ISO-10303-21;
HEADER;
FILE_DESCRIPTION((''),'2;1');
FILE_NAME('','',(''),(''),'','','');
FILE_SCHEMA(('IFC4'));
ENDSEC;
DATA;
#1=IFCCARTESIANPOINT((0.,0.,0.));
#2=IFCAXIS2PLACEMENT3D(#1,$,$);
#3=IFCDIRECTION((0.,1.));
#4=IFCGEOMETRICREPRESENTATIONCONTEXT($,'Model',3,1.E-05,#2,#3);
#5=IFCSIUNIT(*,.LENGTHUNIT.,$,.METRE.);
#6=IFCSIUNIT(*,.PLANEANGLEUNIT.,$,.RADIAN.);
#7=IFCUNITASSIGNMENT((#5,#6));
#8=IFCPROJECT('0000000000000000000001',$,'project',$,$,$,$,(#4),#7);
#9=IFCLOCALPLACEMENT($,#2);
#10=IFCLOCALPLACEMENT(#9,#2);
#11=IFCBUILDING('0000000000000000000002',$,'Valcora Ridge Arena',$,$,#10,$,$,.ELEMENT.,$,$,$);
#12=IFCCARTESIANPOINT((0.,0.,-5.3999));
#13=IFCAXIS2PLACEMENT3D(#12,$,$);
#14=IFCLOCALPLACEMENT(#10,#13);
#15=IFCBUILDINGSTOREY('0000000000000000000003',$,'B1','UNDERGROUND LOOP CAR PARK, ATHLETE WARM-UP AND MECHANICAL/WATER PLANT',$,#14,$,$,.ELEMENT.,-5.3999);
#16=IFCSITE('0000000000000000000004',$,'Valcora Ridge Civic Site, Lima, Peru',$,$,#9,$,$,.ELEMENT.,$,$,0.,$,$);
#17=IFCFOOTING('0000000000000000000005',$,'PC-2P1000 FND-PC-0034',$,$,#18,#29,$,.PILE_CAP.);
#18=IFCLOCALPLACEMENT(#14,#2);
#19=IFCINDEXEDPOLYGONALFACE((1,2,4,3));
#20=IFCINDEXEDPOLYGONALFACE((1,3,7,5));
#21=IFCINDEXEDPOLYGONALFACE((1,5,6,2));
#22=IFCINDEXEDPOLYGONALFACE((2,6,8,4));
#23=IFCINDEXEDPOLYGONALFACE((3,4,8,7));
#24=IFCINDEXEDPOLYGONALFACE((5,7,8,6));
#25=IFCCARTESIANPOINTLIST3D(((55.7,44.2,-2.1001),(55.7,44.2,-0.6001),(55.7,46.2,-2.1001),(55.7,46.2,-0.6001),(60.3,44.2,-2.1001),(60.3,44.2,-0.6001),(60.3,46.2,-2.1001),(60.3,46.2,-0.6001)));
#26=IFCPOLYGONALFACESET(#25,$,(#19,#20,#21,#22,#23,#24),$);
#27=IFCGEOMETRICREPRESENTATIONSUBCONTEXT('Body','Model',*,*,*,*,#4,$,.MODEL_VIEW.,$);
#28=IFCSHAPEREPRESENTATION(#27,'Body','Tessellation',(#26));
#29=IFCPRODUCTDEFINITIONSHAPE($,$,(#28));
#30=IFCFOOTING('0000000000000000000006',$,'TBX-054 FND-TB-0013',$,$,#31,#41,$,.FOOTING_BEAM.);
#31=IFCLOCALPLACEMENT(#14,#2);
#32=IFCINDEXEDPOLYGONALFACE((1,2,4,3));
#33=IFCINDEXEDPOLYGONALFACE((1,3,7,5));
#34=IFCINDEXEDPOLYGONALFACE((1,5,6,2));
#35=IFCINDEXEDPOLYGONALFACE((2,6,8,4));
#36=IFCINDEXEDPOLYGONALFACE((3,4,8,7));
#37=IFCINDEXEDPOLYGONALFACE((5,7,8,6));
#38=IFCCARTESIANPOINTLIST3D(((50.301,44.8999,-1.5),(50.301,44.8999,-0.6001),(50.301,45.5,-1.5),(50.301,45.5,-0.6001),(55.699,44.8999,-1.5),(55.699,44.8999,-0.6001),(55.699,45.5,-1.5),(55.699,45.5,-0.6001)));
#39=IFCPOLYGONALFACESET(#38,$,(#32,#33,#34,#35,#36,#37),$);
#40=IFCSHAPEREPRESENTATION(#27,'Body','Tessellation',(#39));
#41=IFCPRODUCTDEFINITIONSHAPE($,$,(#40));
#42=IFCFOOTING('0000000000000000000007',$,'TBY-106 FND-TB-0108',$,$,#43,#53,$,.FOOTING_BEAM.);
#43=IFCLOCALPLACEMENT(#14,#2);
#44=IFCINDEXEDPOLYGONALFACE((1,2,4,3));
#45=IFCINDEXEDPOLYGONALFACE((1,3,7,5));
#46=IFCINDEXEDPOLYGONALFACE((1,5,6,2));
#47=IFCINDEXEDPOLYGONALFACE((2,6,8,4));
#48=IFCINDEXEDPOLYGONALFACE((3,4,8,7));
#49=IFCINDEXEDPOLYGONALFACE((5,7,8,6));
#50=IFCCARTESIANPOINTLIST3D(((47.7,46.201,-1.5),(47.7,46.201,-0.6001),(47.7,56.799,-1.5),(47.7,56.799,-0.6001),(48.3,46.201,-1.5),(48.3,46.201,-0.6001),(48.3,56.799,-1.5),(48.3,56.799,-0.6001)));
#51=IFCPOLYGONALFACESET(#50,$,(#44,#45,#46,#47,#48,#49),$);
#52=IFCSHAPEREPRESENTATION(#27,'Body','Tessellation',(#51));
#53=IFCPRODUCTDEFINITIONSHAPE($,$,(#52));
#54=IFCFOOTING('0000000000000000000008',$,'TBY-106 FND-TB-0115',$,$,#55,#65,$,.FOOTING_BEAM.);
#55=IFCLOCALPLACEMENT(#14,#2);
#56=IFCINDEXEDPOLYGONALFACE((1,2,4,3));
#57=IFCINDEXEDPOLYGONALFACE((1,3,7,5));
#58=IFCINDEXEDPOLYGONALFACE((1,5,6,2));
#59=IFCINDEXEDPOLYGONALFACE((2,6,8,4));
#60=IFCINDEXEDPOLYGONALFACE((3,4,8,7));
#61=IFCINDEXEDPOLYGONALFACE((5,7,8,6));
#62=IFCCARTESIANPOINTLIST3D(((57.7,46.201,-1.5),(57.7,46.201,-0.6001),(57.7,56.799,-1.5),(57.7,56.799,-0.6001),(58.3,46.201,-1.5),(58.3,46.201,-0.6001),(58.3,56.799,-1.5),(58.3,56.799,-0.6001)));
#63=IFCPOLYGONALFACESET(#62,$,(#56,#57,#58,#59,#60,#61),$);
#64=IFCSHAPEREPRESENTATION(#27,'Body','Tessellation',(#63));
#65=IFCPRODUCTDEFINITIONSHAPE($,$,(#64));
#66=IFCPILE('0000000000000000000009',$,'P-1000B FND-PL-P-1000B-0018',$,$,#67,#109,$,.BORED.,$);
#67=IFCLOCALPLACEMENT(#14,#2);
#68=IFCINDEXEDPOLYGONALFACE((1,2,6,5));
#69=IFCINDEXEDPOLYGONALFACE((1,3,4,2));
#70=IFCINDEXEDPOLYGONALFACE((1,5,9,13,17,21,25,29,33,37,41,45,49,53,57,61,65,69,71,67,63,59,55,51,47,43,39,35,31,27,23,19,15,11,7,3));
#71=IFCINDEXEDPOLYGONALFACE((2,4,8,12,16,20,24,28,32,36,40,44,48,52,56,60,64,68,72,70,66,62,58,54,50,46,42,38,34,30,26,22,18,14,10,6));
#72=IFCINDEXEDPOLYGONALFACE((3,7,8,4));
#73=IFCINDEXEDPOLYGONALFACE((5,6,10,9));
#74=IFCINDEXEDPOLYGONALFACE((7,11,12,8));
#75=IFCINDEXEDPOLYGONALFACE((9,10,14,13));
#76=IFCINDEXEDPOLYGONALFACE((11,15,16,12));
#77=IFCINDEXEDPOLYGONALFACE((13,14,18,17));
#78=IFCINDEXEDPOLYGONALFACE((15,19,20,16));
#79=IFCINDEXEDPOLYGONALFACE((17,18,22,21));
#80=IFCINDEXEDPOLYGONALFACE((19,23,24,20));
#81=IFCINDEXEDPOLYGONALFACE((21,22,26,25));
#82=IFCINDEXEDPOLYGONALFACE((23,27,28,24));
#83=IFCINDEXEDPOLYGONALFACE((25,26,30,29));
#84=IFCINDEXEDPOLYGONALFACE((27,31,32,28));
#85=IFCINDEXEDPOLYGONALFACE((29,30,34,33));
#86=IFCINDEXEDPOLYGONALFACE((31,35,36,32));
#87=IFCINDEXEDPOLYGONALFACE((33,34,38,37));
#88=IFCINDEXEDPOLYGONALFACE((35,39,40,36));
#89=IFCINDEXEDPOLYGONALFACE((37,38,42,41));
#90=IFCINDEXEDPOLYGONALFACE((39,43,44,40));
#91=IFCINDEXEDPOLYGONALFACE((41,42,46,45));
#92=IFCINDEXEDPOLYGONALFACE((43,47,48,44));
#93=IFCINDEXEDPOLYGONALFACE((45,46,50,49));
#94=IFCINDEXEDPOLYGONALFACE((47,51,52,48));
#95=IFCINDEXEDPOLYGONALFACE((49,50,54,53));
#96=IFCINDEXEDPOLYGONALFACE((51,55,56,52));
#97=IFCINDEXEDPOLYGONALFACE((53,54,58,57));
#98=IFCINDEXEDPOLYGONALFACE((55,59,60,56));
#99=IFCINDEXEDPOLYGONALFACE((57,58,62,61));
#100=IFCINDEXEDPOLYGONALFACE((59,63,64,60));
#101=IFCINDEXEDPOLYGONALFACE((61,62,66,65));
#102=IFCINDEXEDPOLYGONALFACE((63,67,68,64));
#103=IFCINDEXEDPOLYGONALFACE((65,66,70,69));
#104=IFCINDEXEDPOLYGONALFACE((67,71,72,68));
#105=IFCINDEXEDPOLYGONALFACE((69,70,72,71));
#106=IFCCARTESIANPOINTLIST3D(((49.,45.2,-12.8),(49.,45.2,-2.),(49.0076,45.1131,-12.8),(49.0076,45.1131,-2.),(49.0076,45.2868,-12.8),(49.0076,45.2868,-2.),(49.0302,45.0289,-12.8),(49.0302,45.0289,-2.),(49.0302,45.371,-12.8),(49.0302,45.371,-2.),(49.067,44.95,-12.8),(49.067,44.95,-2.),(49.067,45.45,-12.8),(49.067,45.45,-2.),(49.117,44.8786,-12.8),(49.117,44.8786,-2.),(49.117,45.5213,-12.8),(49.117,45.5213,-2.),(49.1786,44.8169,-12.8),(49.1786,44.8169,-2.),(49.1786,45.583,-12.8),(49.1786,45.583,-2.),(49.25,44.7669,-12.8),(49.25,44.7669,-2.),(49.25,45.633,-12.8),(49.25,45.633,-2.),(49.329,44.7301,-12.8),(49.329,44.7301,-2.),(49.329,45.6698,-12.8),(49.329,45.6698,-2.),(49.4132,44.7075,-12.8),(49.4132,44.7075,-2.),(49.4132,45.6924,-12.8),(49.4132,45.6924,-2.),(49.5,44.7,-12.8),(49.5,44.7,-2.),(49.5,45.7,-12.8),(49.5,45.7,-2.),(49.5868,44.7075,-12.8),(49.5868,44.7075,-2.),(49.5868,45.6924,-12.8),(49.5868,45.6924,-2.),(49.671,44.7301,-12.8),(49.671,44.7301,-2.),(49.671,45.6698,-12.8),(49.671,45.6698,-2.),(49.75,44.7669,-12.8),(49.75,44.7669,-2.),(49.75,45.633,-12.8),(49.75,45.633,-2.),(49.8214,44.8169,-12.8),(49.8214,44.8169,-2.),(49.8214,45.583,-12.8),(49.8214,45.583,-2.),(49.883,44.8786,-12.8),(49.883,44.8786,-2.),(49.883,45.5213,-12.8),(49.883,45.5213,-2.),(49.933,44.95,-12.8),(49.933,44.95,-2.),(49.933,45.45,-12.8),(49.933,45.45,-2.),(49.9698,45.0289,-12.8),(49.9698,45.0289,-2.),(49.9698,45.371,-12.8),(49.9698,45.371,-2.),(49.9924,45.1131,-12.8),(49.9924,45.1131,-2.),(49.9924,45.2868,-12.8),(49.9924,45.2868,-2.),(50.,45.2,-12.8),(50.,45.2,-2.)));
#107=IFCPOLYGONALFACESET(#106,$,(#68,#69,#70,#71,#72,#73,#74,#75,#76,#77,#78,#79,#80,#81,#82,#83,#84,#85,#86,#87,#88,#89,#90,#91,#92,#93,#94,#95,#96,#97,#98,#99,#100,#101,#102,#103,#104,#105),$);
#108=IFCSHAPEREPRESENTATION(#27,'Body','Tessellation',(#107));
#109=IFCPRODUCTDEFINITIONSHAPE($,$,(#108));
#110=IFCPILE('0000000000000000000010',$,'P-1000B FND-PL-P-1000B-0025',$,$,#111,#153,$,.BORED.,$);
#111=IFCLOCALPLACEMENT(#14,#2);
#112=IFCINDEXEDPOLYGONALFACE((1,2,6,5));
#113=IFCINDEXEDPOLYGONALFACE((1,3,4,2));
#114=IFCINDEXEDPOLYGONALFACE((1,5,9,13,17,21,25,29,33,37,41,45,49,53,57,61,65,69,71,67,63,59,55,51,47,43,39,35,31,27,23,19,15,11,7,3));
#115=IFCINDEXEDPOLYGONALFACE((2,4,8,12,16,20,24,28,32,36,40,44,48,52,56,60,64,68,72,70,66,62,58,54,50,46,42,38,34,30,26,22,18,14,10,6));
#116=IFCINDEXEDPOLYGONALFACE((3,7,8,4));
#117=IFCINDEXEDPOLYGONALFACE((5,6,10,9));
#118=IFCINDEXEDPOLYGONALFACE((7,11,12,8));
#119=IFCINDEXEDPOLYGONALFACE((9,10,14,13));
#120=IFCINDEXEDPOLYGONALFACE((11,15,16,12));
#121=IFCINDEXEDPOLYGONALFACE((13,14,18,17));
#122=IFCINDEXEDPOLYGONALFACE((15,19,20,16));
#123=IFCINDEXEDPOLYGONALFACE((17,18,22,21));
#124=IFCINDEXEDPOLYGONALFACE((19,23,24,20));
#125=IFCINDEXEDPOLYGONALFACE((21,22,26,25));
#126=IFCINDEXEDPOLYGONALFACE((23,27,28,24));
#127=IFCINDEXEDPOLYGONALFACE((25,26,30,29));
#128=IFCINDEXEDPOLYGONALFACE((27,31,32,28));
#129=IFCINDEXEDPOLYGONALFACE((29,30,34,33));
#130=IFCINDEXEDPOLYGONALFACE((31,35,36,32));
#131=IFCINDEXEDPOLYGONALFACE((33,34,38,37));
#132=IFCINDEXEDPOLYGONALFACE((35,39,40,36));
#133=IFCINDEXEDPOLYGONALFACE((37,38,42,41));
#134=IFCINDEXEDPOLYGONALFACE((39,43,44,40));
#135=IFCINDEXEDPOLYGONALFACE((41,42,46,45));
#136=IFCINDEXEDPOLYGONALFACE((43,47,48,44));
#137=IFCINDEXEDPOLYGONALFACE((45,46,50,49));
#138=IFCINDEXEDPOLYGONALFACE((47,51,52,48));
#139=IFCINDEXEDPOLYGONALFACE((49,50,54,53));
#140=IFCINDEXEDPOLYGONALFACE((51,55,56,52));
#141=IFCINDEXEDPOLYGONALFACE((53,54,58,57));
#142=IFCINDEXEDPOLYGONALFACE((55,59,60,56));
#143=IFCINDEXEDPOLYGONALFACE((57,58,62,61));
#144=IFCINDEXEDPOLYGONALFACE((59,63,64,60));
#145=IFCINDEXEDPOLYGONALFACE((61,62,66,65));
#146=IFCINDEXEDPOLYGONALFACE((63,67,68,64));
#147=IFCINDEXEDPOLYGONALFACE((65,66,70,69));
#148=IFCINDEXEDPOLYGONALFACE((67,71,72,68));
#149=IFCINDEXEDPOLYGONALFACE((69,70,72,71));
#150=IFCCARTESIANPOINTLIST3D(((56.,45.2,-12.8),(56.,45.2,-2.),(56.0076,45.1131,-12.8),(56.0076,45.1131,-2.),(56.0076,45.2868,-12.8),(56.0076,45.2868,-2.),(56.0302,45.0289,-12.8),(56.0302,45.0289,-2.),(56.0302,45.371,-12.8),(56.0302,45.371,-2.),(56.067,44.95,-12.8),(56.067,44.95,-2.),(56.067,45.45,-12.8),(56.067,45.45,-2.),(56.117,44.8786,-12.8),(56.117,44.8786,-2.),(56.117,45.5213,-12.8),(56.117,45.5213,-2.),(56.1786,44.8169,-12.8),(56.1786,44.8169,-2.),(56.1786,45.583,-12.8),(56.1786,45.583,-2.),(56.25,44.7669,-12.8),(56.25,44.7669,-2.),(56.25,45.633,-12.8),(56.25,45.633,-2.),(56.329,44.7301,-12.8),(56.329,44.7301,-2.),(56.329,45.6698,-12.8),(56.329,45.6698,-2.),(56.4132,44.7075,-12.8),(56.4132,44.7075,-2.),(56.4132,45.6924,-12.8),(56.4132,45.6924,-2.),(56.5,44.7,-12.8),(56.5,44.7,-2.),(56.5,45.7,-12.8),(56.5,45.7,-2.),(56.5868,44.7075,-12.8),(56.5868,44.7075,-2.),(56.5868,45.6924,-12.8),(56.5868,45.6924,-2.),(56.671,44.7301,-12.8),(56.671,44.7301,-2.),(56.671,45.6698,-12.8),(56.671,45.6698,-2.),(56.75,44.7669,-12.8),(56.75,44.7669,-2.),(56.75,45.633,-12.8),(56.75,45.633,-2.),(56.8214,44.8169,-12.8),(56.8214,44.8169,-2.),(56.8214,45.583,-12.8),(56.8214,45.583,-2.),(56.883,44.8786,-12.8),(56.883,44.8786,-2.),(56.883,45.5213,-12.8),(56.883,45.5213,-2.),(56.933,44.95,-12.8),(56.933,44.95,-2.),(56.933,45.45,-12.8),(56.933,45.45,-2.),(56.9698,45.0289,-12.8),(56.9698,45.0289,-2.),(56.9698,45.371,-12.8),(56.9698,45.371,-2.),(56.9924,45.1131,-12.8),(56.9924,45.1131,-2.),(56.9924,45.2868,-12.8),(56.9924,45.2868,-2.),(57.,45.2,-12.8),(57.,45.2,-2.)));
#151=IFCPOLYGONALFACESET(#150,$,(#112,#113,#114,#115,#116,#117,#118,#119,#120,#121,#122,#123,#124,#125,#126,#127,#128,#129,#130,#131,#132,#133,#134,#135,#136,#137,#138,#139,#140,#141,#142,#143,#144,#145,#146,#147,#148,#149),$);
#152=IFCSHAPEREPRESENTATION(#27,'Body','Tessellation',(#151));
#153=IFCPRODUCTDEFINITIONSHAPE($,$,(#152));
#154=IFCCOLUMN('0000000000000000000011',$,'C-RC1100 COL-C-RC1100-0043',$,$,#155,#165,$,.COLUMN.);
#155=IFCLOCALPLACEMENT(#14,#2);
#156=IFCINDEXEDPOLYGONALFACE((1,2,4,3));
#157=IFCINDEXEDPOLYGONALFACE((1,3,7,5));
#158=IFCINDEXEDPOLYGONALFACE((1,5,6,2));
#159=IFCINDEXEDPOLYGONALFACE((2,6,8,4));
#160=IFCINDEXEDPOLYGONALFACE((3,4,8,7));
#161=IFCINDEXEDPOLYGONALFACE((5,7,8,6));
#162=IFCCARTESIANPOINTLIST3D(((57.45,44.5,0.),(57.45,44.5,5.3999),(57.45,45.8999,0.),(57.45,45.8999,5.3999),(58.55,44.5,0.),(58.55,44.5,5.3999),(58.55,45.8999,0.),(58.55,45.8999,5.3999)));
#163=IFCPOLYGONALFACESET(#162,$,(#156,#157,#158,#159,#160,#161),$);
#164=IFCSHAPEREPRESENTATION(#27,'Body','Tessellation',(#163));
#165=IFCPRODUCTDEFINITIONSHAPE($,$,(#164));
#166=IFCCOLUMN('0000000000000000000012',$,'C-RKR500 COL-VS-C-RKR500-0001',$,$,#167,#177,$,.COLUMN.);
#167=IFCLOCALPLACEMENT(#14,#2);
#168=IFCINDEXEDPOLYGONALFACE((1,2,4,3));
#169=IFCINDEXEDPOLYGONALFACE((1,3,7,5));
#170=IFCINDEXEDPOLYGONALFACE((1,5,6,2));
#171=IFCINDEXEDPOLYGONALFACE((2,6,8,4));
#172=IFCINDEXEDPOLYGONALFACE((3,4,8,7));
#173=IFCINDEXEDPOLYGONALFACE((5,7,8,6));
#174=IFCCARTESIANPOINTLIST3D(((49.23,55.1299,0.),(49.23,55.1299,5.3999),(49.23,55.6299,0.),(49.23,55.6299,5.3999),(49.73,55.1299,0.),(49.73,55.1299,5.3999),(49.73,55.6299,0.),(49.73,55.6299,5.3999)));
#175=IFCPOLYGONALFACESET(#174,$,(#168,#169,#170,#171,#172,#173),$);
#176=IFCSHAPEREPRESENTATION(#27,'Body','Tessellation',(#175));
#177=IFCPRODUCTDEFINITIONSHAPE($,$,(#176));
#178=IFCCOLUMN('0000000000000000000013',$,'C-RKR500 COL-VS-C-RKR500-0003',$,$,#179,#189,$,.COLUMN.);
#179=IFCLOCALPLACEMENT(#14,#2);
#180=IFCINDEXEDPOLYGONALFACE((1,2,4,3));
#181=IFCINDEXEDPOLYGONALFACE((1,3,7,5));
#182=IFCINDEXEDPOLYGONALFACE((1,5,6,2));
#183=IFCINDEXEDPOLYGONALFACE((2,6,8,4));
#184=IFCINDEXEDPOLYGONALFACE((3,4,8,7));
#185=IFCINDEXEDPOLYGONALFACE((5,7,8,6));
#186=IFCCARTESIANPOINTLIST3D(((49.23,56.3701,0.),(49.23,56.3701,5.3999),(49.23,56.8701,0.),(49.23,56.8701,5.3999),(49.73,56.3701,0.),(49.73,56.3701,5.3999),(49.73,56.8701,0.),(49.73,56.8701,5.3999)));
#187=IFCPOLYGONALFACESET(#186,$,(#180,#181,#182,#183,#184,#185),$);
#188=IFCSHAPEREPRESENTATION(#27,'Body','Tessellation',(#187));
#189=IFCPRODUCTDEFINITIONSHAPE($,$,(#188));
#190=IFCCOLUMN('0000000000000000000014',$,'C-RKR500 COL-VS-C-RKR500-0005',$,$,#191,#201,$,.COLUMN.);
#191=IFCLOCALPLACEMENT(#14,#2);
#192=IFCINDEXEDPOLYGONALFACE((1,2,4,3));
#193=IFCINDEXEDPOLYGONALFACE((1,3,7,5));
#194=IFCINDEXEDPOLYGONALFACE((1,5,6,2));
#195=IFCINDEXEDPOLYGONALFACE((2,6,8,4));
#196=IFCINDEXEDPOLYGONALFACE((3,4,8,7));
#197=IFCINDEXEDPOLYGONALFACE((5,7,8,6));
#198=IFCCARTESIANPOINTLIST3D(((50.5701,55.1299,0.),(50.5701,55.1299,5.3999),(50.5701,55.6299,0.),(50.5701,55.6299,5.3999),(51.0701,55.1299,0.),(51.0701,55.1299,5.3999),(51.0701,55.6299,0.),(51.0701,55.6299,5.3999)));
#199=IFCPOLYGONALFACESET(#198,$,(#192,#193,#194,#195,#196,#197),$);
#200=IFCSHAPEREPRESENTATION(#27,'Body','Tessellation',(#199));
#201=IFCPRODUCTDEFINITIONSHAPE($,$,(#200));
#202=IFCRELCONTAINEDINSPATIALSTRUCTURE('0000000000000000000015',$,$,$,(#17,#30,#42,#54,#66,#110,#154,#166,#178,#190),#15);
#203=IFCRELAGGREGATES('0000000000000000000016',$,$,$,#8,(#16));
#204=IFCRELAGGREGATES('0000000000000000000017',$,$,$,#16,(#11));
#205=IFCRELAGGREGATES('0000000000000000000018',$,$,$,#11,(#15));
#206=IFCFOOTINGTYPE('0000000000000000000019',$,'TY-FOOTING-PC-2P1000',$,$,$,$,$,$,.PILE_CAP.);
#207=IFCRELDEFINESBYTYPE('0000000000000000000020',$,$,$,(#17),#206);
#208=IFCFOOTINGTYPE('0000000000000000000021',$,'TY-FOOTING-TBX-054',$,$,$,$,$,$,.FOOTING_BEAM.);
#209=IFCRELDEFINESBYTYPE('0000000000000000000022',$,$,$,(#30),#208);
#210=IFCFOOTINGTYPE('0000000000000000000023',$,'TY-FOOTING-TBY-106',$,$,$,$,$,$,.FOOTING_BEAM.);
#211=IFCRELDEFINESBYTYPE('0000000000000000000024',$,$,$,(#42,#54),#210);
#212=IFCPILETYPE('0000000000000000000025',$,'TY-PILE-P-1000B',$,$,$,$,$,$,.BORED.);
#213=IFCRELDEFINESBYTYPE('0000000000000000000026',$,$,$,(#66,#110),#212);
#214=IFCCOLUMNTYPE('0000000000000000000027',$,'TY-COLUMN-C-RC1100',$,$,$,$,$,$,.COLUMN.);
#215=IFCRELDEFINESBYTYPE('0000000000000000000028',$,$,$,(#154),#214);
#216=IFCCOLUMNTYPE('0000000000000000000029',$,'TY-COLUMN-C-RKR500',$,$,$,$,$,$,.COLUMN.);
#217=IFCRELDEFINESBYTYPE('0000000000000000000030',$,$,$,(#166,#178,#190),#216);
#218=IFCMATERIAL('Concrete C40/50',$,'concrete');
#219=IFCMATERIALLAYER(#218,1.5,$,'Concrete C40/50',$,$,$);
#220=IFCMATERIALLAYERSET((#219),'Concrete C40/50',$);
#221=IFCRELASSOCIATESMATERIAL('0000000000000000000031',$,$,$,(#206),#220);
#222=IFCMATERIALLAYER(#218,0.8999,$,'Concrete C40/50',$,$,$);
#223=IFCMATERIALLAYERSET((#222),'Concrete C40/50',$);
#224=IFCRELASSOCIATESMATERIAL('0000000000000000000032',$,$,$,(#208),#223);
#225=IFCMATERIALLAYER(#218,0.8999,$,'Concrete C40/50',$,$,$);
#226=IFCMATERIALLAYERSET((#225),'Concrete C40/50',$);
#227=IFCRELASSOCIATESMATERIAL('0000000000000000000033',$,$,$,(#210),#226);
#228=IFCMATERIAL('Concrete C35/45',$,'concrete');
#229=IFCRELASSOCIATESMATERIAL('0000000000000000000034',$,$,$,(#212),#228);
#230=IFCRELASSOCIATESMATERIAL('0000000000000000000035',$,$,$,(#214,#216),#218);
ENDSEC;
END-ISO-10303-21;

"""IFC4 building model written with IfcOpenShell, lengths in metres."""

from ifc_helpers import new_model, si_unit, direction, frame, origin, origin_2d, place, context, subcontext, project, spatial, rectangle, circle, extrude, material, layer, layer_set, material_profile, profile_set, type_object, element, save


model = new_model("IFC4")

# Units and contexts
model_context = context("Model", 3, precision=1e-05, world=origin(), true_north=direction((0.0, 1.0)))
body_context = subcontext(model_context, "Body", "Model", "MODEL_VIEW")
ifc_project = project(units=[si_unit("LENGTHUNIT", "METRE"), si_unit("PLANEANGLEUNIT", "RADIAN")], contexts=[model_context])

# Site, building, storey
site_placement = place(None, origin())
site = spatial("IfcSite", under=ifc_project, at=site_placement, Name="Valcora Ridge Civic Site, Lima, Peru", CompositionType="ELEMENT", RefElevation=0.0)
building_placement = place(site_placement, origin())
building = spatial("IfcBuilding", under=site, at=building_placement, Name="Valcora Ridge Arena", CompositionType="ELEMENT")
storey_placement = place(building_placement, frame((0.0, 0.0, -5.3999)))
storey = spatial("IfcBuildingStorey", under=building, at=storey_placement, Name="B1", Description="UNDERGROUND LOOP CAR PARK, ATHLETE WARM-UP AND MECHANICAL/WATER PLANT", CompositionType="ELEMENT", Elevation=-5.3999)

# Footings
ifc_material_1 = material(Name="Concrete C40/50", Category="concrete")
ifc_layer_1 = layer(ifc_material_1, 1.5, Name="Concrete C40/50")
ifc_layer_set_1 = layer_set([ifc_layer_1], Name="Concrete C40/50")
footing_type_1 = type_object("IfcFootingType", Name="TY-FOOTING-PC-2P1000", PredefinedType="PILE_CAP", material=ifc_layer_set_1)
footing_1_placement = place(storey_placement, frame((58.0, 45.2, -2.1001), z_axis=(0.0, 0.0, 1.0), x_axis=(1.0, 0.0, 0.0)))
element("IfcFooting", 1, at=footing_1_placement, inside=storey, type_object=footing_type_1, Name="PC-2P1000 FND-PC-0034", PredefinedType="PILE_CAP", context=body_context, shape_type="SweptSolid", body=[
    extrude(rectangle(XDim=4.6001, YDim=2.0, at=origin_2d()), origin(), (0.0, 0.0, 1.0), 1.5),
])
ifc_layer_2 = layer(ifc_material_1, 0.8999, Name="Concrete C40/50")
ifc_layer_set_2 = layer_set([ifc_layer_2], Name="Concrete C40/50")
footing_type_2 = type_object("IfcFootingType", Name="TY-FOOTING-TBX-054", PredefinedType="FOOTING_BEAM", material=ifc_layer_set_2)
footing_2_placement = place(storey_placement, frame((53.0, 45.2, -1.5), z_axis=(0.0, 0.0, 1.0), x_axis=(1.0, 0.0, 0.0)))
element("IfcFooting", 2, at=footing_2_placement, inside=storey, type_object=footing_type_2, Name="TBX-054 FND-TB-0013", PredefinedType="FOOTING_BEAM", context=body_context, shape_type="SweptSolid", body=[
    extrude(rectangle(XDim=5.3979, YDim=0.6001, at=origin_2d()), origin(), (0.0, 0.0, 1.0), 0.8999),
])
ifc_layer_3 = layer(ifc_material_1, 0.8999, Name="Concrete C40/50")
ifc_layer_set_3 = layer_set([ifc_layer_3], Name="Concrete C40/50")
footing_type_3 = type_object("IfcFootingType", Name="TY-FOOTING-TBY-106", PredefinedType="FOOTING_BEAM", material=ifc_layer_set_3)
for number, where, z_axis, x_axis, name in (
    (3, (48.0, 51.5, -1.5), (0.0, 0.0, 1.0), (1.0, 0.0, 0.0), "TBY-106 FND-TB-0108"),
    (4, (58.0, 51.5, -1.5), (0.0, 0.0, 1.0), (1.0, 0.0, 0.0), "TBY-106 FND-TB-0115"),
):
    element("IfcFooting", number, at=place(storey_placement, frame(where, z_axis=z_axis, x_axis=x_axis)), inside=storey, type_object=footing_type_3, Name=name, PredefinedType="FOOTING_BEAM", context=body_context, shape_type="SweptSolid", body=[
        extrude(rectangle(XDim=0.6001, YDim=10.5979, at=origin_2d()), origin(), (0.0, 0.0, 1.0), 0.8999),
    ])

# Piles
ifc_material_2 = material(Name="Concrete C35/45", Category="concrete")
ifc_material_profile_1 = material_profile(ifc_material_2, circle(Radius=0.5, at=origin_2d()), Name="BORED PILE D1000")
ifc_profile_set_1 = profile_set([ifc_material_profile_1], Name="Concrete C35/45")
pile_type = type_object("IfcPileType", Name="TY-PILE-P-1000B", PredefinedType="BORED", material=ifc_profile_set_1)
for number, where, z_axis, x_axis, name in (
    (5, (49.5, 45.2, -2.0), (0.0, 0.0, -1.0), (1.0, 0.0, 0.0), "P-1000B FND-PL-P-1000B-0018"),
    (6, (56.5, 45.2, -2.0), (0.0, 0.0, -1.0), (1.0, 0.0, 0.0), "P-1000B FND-PL-P-1000B-0025"),
):
    element("IfcPile", number, at=place(storey_placement, frame(where, z_axis=z_axis, x_axis=x_axis)), inside=storey, type_object=pile_type, Name=name, PredefinedType="BORED", context=body_context, shape_type="SweptSolid", body=[
        extrude(circle(Radius=0.5, at=origin_2d()), origin(), (0.0, 0.0, 1.0), 10.8),
    ])

# Columns
ifc_material_profile_2 = material_profile(ifc_material_1, rectangle(XDim=1.1001, YDim=1.3999, at=origin_2d()), Name="RC 1100x1400")
ifc_profile_set_2 = profile_set([ifc_material_profile_2], Name="Concrete C40/50")
column_type_1 = type_object("IfcColumnType", Name="TY-COLUMN-C-RC1100", PredefinedType="COLUMN", material=ifc_profile_set_2)
column_placement = place(storey_placement, frame((58.0, 45.2, 0.0), z_axis=(0.0, 0.0, 1.0), x_axis=(1.0, 0.0, 0.0)))
element("IfcColumn", 7, at=column_placement, inside=storey, type_object=column_type_1, Name="C-RC1100 COL-C-RC1100-0043", PredefinedType="COLUMN", context=body_context, shape_type="SweptSolid", body=[
    extrude(rectangle(XDim=1.1001, YDim=1.3999, at=origin_2d()), origin(), (0.0, 0.0, 1.0), 5.3999),
])
ifc_material_profile_3 = material_profile(ifc_material_1, rectangle(XDim=0.5, YDim=0.5, at=origin_2d()), Name="RC 500x500")
ifc_profile_set_3 = profile_set([ifc_material_profile_3], Name="Concrete C40/50")
column_type_2 = type_object("IfcColumnType", Name="TY-COLUMN-C-RKR500", PredefinedType="COLUMN", material=ifc_profile_set_3)
for number, where, z_axis, x_axis, name in (
    (8, (49.48, 55.3799, 0.0), (0.0, 0.0, 1.0), (1.0, 0.0, 0.0), "C-RKR500 COL-VS-C-RKR500-0001"),
    (9, (49.48, 56.6201, 0.0), (0.0, 0.0, 1.0), (1.0, 0.0, 0.0), "C-RKR500 COL-VS-C-RKR500-0003"),
    (10, (50.8201, 55.3799, 0.0), (0.0, 0.0, 1.0), (1.0, 0.0, 0.0), "C-RKR500 COL-VS-C-RKR500-0005"),
):
    element("IfcColumn", number, at=place(storey_placement, frame(where, z_axis=z_axis, x_axis=x_axis)), inside=storey, type_object=column_type_2, Name=name, PredefinedType="COLUMN", context=body_context, shape_type="SweptSolid", body=[
        extrude(rectangle(XDim=0.5, YDim=0.5, at=origin_2d()), origin(), (0.0, 0.0, 1.0), 5.3999),
    ])

save(model, "model.ifc")
